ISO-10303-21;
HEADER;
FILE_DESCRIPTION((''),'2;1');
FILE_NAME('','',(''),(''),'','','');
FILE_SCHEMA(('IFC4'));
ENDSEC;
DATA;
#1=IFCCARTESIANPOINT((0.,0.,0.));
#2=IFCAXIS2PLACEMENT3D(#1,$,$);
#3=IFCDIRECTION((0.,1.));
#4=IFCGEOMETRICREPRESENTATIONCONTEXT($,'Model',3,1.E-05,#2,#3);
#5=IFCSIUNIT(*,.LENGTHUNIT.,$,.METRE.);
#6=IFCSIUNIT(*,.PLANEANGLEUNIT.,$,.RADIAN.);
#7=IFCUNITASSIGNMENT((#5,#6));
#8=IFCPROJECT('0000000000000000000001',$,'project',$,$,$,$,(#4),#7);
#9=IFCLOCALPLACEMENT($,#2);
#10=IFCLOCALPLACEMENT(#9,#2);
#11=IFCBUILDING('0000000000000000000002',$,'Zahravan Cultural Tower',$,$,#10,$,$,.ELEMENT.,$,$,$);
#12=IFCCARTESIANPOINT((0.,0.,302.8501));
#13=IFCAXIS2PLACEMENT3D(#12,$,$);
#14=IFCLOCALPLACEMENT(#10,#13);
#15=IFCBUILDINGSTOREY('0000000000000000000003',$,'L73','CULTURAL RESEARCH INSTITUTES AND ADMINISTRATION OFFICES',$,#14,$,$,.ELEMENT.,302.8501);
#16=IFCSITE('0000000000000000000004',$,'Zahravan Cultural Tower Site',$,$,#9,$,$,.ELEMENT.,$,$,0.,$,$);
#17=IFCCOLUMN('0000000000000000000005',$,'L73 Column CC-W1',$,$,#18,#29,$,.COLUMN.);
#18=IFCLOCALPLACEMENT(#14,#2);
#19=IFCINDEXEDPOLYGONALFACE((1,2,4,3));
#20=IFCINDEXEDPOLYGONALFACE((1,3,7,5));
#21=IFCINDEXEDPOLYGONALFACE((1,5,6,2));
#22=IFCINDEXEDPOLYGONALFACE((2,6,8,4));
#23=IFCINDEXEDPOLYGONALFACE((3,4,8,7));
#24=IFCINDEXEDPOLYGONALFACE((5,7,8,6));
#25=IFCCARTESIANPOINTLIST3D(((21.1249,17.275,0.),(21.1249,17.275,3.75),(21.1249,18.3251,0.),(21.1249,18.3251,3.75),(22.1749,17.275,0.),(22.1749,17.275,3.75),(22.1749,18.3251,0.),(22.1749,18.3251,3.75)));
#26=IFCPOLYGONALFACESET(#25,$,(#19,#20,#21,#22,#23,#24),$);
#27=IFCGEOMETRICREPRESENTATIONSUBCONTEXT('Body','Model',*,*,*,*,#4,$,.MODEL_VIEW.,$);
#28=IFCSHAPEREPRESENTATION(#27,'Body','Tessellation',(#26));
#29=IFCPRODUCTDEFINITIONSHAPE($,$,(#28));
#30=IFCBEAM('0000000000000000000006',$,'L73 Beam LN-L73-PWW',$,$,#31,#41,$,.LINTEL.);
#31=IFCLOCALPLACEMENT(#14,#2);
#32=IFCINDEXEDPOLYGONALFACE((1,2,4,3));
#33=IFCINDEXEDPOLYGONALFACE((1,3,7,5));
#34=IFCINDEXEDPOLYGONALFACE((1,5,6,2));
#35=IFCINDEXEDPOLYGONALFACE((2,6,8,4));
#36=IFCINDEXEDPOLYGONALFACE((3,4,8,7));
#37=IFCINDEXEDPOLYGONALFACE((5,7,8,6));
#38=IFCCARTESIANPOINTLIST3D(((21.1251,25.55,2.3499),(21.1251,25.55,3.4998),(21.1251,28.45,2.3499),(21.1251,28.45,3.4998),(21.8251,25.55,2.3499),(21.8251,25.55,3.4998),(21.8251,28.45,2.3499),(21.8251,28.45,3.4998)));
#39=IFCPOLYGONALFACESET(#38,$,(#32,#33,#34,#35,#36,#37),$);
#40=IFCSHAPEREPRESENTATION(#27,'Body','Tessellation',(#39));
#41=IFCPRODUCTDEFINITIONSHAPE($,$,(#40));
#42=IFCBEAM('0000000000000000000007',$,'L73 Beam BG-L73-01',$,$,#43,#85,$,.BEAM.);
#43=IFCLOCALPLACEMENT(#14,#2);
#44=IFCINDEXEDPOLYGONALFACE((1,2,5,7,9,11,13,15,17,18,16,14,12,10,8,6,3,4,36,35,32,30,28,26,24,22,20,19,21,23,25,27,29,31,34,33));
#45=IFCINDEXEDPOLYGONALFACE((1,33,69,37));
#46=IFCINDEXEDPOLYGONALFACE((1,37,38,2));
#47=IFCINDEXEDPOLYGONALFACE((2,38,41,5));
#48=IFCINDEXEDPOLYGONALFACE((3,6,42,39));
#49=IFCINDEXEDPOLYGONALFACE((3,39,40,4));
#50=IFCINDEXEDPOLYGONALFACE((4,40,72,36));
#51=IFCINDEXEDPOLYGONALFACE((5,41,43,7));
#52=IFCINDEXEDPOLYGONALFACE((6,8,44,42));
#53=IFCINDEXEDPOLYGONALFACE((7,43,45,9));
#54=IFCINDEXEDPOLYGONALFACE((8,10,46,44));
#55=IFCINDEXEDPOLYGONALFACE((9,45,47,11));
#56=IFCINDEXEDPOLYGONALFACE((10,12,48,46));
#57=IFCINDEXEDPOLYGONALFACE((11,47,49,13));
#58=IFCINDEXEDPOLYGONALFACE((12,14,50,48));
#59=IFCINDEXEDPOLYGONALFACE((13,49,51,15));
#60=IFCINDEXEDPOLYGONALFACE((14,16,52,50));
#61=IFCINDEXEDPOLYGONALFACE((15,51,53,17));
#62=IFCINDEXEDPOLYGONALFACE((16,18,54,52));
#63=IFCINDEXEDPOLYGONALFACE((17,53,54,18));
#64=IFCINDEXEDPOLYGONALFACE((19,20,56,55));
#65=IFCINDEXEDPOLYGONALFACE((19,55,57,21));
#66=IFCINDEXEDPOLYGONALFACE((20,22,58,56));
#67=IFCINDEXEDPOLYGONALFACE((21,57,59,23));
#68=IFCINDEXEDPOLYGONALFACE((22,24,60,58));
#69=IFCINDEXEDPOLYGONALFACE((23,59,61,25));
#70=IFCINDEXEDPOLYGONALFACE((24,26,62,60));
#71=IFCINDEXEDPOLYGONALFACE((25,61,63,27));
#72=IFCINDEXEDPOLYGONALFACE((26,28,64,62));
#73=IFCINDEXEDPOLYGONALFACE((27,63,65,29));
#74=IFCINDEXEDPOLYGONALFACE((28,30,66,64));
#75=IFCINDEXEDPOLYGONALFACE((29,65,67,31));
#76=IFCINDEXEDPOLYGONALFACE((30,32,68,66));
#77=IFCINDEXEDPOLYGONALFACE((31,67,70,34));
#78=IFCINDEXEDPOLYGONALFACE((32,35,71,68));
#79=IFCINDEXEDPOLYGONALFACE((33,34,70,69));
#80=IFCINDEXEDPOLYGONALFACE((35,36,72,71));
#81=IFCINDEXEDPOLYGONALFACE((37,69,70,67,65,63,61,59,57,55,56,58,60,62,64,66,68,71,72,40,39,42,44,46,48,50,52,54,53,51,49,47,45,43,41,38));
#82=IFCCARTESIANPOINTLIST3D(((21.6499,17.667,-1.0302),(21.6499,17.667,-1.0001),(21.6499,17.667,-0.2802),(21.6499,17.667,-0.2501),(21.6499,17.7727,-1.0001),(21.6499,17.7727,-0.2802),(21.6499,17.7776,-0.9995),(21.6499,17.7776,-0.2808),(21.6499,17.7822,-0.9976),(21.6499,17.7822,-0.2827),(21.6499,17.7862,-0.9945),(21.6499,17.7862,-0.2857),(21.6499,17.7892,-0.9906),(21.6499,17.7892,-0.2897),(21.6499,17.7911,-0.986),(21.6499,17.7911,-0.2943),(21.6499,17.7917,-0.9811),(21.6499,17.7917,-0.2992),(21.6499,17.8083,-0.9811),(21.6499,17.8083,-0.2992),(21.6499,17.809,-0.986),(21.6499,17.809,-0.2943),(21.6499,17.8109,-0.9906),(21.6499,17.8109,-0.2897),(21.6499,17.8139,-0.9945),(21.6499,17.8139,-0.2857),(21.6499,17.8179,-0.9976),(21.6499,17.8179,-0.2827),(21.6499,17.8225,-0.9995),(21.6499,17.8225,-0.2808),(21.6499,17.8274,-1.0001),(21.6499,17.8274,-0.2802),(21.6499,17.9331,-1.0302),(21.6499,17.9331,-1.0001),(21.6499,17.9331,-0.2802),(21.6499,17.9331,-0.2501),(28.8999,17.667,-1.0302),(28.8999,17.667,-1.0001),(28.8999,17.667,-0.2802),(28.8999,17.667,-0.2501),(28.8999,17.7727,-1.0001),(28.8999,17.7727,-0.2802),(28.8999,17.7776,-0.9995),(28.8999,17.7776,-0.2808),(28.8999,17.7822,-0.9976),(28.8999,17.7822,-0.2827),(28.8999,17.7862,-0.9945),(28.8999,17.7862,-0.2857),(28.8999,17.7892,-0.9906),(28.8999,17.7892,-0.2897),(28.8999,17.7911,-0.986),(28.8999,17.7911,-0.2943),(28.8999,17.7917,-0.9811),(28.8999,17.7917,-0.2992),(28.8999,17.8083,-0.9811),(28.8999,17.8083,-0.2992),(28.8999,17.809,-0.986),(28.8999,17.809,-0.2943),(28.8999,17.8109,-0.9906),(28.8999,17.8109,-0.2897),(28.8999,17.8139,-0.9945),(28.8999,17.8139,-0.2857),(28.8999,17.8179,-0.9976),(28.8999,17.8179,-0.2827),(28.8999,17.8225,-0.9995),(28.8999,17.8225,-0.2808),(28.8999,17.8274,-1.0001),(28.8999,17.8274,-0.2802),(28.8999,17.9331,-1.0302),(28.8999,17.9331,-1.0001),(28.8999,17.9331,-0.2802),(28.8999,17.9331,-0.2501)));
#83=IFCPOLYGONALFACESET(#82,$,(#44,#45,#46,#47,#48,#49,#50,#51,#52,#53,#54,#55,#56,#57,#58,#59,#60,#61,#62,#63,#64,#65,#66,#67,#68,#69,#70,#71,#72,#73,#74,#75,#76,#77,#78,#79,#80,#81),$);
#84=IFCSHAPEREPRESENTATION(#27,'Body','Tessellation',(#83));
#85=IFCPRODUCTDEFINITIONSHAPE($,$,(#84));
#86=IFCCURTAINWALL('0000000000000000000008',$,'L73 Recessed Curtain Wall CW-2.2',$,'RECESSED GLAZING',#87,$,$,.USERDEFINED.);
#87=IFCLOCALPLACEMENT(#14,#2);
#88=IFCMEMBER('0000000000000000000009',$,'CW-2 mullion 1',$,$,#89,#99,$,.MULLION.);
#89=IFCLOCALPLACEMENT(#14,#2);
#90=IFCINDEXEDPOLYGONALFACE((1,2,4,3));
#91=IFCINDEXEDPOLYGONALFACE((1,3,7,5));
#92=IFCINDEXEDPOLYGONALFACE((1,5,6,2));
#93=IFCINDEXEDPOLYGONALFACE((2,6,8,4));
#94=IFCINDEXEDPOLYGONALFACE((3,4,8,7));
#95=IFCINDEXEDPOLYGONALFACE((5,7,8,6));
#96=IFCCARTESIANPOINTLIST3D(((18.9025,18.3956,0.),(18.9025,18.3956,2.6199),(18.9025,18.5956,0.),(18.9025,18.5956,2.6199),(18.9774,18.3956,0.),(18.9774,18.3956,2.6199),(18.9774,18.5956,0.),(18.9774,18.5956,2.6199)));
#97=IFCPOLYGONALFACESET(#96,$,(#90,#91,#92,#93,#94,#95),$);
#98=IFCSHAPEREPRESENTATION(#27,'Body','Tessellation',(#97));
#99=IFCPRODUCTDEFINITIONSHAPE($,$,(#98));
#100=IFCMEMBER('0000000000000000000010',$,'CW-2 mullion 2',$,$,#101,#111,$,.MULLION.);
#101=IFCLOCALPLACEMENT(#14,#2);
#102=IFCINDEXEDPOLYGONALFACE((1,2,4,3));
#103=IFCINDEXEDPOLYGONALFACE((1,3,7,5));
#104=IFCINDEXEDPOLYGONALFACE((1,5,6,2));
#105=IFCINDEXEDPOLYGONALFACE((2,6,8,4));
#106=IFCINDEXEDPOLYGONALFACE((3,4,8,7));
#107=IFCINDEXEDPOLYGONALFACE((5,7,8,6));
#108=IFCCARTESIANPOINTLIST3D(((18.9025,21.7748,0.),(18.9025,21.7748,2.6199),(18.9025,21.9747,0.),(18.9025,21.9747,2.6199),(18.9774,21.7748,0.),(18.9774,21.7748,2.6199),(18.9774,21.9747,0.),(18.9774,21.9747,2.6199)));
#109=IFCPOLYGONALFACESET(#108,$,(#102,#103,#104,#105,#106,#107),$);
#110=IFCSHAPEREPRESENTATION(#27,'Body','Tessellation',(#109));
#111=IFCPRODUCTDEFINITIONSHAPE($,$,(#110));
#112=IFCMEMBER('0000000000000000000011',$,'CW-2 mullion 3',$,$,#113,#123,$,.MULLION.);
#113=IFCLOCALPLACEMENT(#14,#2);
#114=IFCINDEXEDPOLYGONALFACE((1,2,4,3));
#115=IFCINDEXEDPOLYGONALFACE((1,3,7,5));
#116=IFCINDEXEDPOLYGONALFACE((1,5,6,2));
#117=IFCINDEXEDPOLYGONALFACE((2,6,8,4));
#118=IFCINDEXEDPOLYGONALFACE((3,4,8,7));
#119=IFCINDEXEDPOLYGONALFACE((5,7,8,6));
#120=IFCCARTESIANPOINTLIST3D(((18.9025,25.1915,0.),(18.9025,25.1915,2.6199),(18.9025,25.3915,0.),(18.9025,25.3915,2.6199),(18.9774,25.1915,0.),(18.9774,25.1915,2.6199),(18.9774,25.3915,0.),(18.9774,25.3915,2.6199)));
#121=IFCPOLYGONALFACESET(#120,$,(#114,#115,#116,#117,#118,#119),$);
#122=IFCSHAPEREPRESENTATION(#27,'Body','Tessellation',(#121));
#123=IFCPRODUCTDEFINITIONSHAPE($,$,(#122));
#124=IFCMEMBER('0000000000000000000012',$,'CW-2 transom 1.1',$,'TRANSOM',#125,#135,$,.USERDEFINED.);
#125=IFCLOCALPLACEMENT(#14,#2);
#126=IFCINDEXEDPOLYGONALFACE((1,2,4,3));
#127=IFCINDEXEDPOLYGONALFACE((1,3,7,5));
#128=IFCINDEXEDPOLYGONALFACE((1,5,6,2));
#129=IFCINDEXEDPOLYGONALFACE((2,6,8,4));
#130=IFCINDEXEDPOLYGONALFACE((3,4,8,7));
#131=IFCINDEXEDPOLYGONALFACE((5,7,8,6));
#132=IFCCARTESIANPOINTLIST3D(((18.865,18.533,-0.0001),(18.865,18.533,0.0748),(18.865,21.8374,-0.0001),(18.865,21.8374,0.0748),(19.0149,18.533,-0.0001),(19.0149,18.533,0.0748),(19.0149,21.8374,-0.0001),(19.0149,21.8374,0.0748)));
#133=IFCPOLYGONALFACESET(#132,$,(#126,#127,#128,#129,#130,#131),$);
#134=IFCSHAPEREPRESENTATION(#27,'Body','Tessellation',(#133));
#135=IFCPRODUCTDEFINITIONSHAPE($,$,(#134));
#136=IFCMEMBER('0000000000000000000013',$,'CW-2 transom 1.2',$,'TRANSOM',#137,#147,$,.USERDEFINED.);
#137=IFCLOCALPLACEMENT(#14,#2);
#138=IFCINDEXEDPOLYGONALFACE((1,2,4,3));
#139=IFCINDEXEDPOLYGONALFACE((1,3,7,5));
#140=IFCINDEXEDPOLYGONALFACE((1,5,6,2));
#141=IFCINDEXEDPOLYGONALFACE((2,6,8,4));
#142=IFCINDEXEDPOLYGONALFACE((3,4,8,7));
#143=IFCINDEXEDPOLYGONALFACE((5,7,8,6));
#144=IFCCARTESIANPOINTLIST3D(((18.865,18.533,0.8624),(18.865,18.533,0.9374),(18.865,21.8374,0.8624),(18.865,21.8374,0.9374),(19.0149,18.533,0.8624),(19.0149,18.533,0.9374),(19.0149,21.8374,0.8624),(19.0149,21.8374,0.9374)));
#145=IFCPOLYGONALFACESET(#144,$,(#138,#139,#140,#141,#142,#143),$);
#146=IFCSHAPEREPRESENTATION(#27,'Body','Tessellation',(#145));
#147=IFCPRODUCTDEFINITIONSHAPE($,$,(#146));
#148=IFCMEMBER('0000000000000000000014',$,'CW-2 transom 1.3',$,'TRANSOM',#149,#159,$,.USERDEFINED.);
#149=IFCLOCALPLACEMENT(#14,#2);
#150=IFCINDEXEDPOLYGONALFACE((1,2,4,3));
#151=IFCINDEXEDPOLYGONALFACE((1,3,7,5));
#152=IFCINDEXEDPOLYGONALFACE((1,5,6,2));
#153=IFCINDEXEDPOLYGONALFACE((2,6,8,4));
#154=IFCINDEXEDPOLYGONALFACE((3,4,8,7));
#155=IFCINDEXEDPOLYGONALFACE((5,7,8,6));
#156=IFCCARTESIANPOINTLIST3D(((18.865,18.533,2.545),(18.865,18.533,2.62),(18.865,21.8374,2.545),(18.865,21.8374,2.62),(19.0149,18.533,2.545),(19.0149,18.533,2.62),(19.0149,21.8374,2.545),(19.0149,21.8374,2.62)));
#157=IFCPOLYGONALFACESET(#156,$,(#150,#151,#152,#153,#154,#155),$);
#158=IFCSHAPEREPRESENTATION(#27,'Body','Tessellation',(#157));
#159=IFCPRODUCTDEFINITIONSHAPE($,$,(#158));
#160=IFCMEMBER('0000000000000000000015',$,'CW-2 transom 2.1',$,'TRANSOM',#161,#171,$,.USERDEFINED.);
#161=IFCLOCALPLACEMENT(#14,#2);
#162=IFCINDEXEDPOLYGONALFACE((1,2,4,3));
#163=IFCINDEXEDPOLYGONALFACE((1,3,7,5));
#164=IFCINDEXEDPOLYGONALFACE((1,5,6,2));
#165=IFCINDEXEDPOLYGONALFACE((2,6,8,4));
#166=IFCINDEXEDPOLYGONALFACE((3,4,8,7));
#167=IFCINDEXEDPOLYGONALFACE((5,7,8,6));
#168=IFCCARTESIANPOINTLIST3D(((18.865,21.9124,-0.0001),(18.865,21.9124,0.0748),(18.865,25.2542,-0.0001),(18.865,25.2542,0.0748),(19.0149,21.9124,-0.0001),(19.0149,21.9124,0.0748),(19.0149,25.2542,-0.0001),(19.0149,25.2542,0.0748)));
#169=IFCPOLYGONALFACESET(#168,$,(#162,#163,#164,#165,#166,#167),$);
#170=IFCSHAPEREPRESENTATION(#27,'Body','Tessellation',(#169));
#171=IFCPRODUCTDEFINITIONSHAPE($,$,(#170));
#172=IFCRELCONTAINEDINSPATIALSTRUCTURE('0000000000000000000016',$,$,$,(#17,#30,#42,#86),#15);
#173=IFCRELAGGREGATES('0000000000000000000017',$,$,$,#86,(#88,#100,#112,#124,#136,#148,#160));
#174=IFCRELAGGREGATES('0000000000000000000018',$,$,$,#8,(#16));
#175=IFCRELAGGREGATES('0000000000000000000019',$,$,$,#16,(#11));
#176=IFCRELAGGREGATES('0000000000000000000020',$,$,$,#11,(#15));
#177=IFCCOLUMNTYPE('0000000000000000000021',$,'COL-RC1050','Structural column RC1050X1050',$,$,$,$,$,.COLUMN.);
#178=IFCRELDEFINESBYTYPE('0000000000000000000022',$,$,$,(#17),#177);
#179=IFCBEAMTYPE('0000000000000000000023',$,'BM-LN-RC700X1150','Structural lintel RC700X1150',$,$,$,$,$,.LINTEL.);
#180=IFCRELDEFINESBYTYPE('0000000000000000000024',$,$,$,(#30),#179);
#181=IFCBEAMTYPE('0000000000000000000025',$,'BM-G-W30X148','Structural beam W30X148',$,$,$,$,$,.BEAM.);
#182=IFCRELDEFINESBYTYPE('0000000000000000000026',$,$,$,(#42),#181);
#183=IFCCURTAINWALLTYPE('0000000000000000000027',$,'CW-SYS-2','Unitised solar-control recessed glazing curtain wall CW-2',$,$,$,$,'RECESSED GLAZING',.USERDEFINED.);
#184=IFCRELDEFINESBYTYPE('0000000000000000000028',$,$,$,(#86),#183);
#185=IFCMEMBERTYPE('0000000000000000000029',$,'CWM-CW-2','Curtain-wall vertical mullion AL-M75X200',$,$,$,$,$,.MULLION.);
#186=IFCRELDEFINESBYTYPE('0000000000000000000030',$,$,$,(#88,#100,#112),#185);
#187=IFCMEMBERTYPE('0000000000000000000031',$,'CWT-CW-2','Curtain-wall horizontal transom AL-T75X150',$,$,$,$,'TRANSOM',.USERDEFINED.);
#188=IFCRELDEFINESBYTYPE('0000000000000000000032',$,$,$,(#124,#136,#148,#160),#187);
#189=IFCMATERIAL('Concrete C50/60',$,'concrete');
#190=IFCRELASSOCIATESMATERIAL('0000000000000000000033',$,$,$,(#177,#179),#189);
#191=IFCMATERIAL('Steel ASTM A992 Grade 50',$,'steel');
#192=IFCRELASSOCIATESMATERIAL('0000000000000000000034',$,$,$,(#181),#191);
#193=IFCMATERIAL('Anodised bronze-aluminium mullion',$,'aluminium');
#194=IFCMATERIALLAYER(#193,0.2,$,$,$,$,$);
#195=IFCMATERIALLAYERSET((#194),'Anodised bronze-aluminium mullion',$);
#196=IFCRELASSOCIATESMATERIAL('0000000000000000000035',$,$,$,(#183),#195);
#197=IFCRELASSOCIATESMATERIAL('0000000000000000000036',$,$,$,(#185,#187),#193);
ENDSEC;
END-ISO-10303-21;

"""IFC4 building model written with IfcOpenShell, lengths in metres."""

from ifc_helpers import new_model, si_unit, direction, frame, origin, origin_2d, place, context, subcontext, project, spatial, rectangle, i_section, extrude, source, transform, mapped, material, layer, layer_set, material_profile, profile_set, type_object, element, aggregate, save


model = new_model("IFC4")

# Units and contexts
model_context = context("Model", 3, precision=1e-05, world=origin(), true_north=direction((0.0, 1.0)))
body_context = subcontext(model_context, "Body", "Model", "MODEL_VIEW")
ifc_project = project(units=[si_unit("LENGTHUNIT", "METRE"), si_unit("PLANEANGLEUNIT", "RADIAN")], contexts=[model_context])

# Site, building, storey
site_placement = place(None, origin())
site = spatial("IfcSite", under=ifc_project, at=site_placement, Name="Zahravan Cultural Tower Site", CompositionType="ELEMENT", RefElevation=0.0)
building_placement = place(site_placement, origin())
building = spatial("IfcBuilding", under=site, at=building_placement, Name="Zahravan Cultural Tower", CompositionType="ELEMENT")
storey_placement = place(building_placement, frame((0.0, 0.0, 302.8501)))
storey = spatial("IfcBuildingStorey", under=building, at=storey_placement, Name="L73", Description="CULTURAL RESEARCH INSTITUTES AND ADMINISTRATION OFFICES", CompositionType="ELEMENT", Elevation=302.8501)

# Column
ifc_material_1 = material(Name="Concrete C50/60", Category="concrete")
ifc_material_profile_1 = material_profile(ifc_material_1, rectangle(XDim=1.05, YDim=1.05, at=origin_2d()), Name="RC1050X1050")
ifc_profile_set_1 = profile_set([ifc_material_profile_1], Name="Concrete C50/60")
column_type = type_object("IfcColumnType", Name="COL-RC1050", Description="Structural column RC1050X1050", PredefinedType="COLUMN", material=ifc_profile_set_1)
shared_shape_1 = source(origin(), body_context, "Body", "SweptSolid", [
    extrude(rectangle(XDim=1.05, YDim=1.05, at=origin_2d()), origin(), (0.0, 0.0, 1.0), 3.75),
])
column_placement = place(storey_placement, frame((21.6499, 17.8, 0.0), z_axis=(0.0, 0.0, 1.0), x_axis=(1.0, 0.0, 0.0)))
element("IfcColumn", 1, at=column_placement, inside=storey, type_object=column_type, Name="L73 Column CC-W1", PredefinedType="COLUMN", context=body_context, shape_type="MappedRepresentation", body=[
    mapped(shared_shape_1, transform((0.0, 0.0, 0.0), x_axis=(1.0, 0.0, 0.0), y_axis=(0.0, 1.0, 0.0), z_axis=(0.0, 0.0, 1.0), scale=1.0)),
])

# Beams
ifc_material_profile_2 = material_profile(ifc_material_1, rectangle(XDim=0.7, YDim=1.1499, at=origin_2d()), Name="RC700X1150")
ifc_profile_set_2 = profile_set([ifc_material_profile_2], Name="Concrete C50/60")
beam_type_1 = type_object("IfcBeamType", Name="BM-LN-RC700X1150", Description="Structural lintel RC700X1150", PredefinedType="LINTEL", material=ifc_profile_set_2)
shared_shape_2 = source(origin(), body_context, "Body", "SweptSolid", [
    extrude(rectangle(XDim=0.7, YDim=1.1499, at=origin_2d()), origin(), (0.0, 0.0, 1.0), 2.8999),
])
beam_1_placement = place(storey_placement, frame((21.4751, 25.55, 2.9248), z_axis=(0.0, 1.0, 0.0), x_axis=(-1.0, 0.0, 0.0)))
element("IfcBeam", 2, at=beam_1_placement, inside=storey, type_object=beam_type_1, Name="L73 Beam LN-L73-PWW", PredefinedType="LINTEL", context=body_context, shape_type="MappedRepresentation", body=[
    mapped(shared_shape_2, transform((0.0, 0.0, 0.0), x_axis=(1.0, 0.0, 0.0), y_axis=(0.0, 1.0, 0.0), z_axis=(0.0, 0.0, 1.0), scale=1.0)),
])
ifc_material_2 = material(Name="Steel ASTM A992 Grade 50", Category="steel")
ifc_material_profile_3 = material_profile(ifc_material_2, i_section(OverallWidth=0.2661, OverallDepth=0.78, WebThickness=0.0166, FlangeThickness=0.03, FilletRadius=0.019, at=origin_2d()), Name="W30X148")
ifc_profile_set_3 = profile_set([ifc_material_profile_3], Name="Steel ASTM A992 Grade 50")
beam_type_2 = type_object("IfcBeamType", Name="BM-G-W30X148", Description="Structural beam W30X148", PredefinedType="BEAM", material=ifc_profile_set_3)
shared_shape_3 = source(origin(), body_context, "Body", "SweptSolid", [
    extrude(i_section(OverallWidth=0.2661, OverallDepth=0.78, WebThickness=0.0166, FlangeThickness=0.03, FilletRadius=0.019, at=origin_2d()), origin(), (0.0, 0.0, 1.0), 7.25),
])
beam_2_placement = place(storey_placement, frame((21.6499, 17.8, -0.6401), z_axis=(1.0, 0.0, 0.0), x_axis=(0.0, 1.0, 0.0)))
element("IfcBeam", 3, at=beam_2_placement, inside=storey, type_object=beam_type_2, Name="L73 Beam BG-L73-01", PredefinedType="BEAM", context=body_context, shape_type="MappedRepresentation", body=[
    mapped(shared_shape_3, transform((0.0, 0.0, 0.0), x_axis=(1.0, 0.0, 0.0), y_axis=(0.0, 1.0, 0.0), z_axis=(0.0, 0.0, 1.0), scale=1.0)),
])

# Curtain wall, members
ifc_material_3 = material(Name="Anodised bronze-aluminium mullion", Category="aluminium")
ifc_layer_1 = layer(ifc_material_3, 0.2)
ifc_layer_set_1 = layer_set([ifc_layer_1], Name="Anodised bronze-aluminium mullion")
curtain_wall_type = type_object("IfcCurtainWallType", Name="CW-SYS-2", Description="Unitised solar-control recessed glazing curtain wall CW-2", ElementType="RECESSED GLAZING", PredefinedType="USERDEFINED", material=ifc_layer_set_1)
curtain_wall_placement = place(storey_placement, origin())
curtain_wall = element("IfcCurtainWall", 4, at=curtain_wall_placement, inside=storey, type_object=curtain_wall_type, Name="L73 Recessed Curtain Wall CW-2.2", ObjectType="RECESSED GLAZING", PredefinedType="USERDEFINED")
ifc_material_profile_4 = material_profile(ifc_material_3, rectangle(XDim=0.075, YDim=0.2, at=origin_2d()), Name="AL-M75X200")
ifc_profile_set_4 = profile_set([ifc_material_profile_4], Name="Anodised bronze-aluminium mullion")
member_type_1 = type_object("IfcMemberType", Name="CWM-CW-2", Description="Curtain-wall vertical mullion AL-M75X200", PredefinedType="MULLION", material=ifc_profile_set_4)
shared_shape_4 = source(origin(), body_context, "Body", "SweptSolid", [
    extrude(rectangle(XDim=0.075, YDim=0.2, at=origin_2d()), origin(), (0.0, 0.0, 1.0), 2.6199),
])
member_1_placement = place(storey_placement, frame((18.9399, 18.4956, 0.0), z_axis=(0.0, 0.0, 1.0), x_axis=(-1.0, 0.0, 0.0)))
member_1 = element("IfcMember", 5, at=member_1_placement, type_object=member_type_1, Name="CW-2 mullion 1", PredefinedType="MULLION", context=body_context, shape_type="MappedRepresentation", body=[
    mapped(shared_shape_4, transform((0.0, 0.0, 0.0), x_axis=(1.0, 0.0, 0.0), y_axis=(0.0, 1.0, 0.0), z_axis=(0.0, 0.0, 1.0), scale=1.0)),
])
member_2_placement = place(storey_placement, frame((18.9399, 21.8748, 0.0), z_axis=(0.0, 0.0, 1.0), x_axis=(-1.0, 0.0, 0.0)))
member_2 = element("IfcMember", 6, at=member_2_placement, type_object=member_type_1, Name="CW-2 mullion 2", PredefinedType="MULLION", context=body_context, shape_type="MappedRepresentation", body=[
    mapped(shared_shape_4, transform((0.0, 0.0, 0.0), x_axis=(1.0, 0.0, 0.0), y_axis=(0.0, 1.0, 0.0), z_axis=(0.0, 0.0, 1.0), scale=1.0)),
])
member_3_placement = place(storey_placement, frame((18.9399, 25.2915, 0.0), z_axis=(0.0, 0.0, 1.0), x_axis=(-1.0, 0.0, 0.0)))
member_3 = element("IfcMember", 7, at=member_3_placement, type_object=member_type_1, Name="CW-2 mullion 3", PredefinedType="MULLION", context=body_context, shape_type="MappedRepresentation", body=[
    mapped(shared_shape_4, transform((0.0, 0.0, 0.0), x_axis=(1.0, 0.0, 0.0), y_axis=(0.0, 1.0, 0.0), z_axis=(0.0, 0.0, 1.0), scale=1.0)),
])
ifc_material_profile_5 = material_profile(ifc_material_3, rectangle(XDim=0.1499, YDim=0.075, at=origin_2d()), Name="AL-T75X150")
ifc_profile_set_5 = profile_set([ifc_material_profile_5], Name="Anodised bronze-aluminium mullion")
member_type_2 = type_object("IfcMemberType", Name="CWT-CW-2", Description="Curtain-wall horizontal transom AL-T75X150", ElementType="TRANSOM", PredefinedType="USERDEFINED", material=ifc_profile_set_5)
shared_shape_5 = source(origin(), body_context, "Body", "SweptSolid", [
    extrude(rectangle(XDim=0.1499, YDim=0.075, at=origin_2d()), origin(), (0.0, 0.0, 1.0), 3.3044),
])
member_4_placement = place(storey_placement, frame((18.9399, 18.533, 0.0374), z_axis=(0.0, 1.0, 0.0), x_axis=(-1.0, 0.0, 0.0)))
member_4 = element("IfcMember", 8, at=member_4_placement, type_object=member_type_2, Name="CW-2 transom 1.1", ObjectType="TRANSOM", PredefinedType="USERDEFINED", context=body_context, shape_type="MappedRepresentation", body=[
    mapped(shared_shape_5, transform((0.0, 0.0, 0.0), x_axis=(1.0, 0.0, 0.0), y_axis=(0.0, 1.0, 0.0), z_axis=(0.0, 0.0, 1.0), scale=1.0)),
])
member_5_placement = place(storey_placement, frame((18.9399, 18.533, 0.8999), z_axis=(0.0, 1.0, 0.0), x_axis=(-1.0, 0.0, 0.0)))
member_5 = element("IfcMember", 9, at=member_5_placement, type_object=member_type_2, Name="CW-2 transom 1.2", ObjectType="TRANSOM", PredefinedType="USERDEFINED", context=body_context, shape_type="MappedRepresentation", body=[
    mapped(shared_shape_5, transform((0.0, 0.0, 0.0), x_axis=(1.0, 0.0, 0.0), y_axis=(0.0, 1.0, 0.0), z_axis=(0.0, 0.0, 1.0), scale=1.0)),
])
member_6_placement = place(storey_placement, frame((18.9399, 18.533, 2.5825), z_axis=(0.0, 1.0, 0.0), x_axis=(-1.0, 0.0, 0.0)))
member_6 = element("IfcMember", 10, at=member_6_placement, type_object=member_type_2, Name="CW-2 transom 1.3", ObjectType="TRANSOM", PredefinedType="USERDEFINED", context=body_context, shape_type="MappedRepresentation", body=[
    mapped(shared_shape_5, transform((0.0, 0.0, 0.0), x_axis=(1.0, 0.0, 0.0), y_axis=(0.0, 1.0, 0.0), z_axis=(0.0, 0.0, 1.0), scale=1.0)),
])
shared_shape_6 = source(origin(), body_context, "Body", "SweptSolid", [
    extrude(rectangle(XDim=0.1499, YDim=0.075, at=origin_2d()), origin(), (0.0, 0.0, 1.0), 3.3418),
])
member_7_placement = place(storey_placement, frame((18.9399, 21.9124, 0.0374), z_axis=(0.0, 1.0, 0.0), x_axis=(-1.0, 0.0, 0.0)))
member_7 = element("IfcMember", 11, at=member_7_placement, type_object=member_type_2, Name="CW-2 transom 2.1", ObjectType="TRANSOM", PredefinedType="USERDEFINED", context=body_context, shape_type="MappedRepresentation", body=[
    mapped(shared_shape_6, transform((0.0, 0.0, 0.0), x_axis=(1.0, 0.0, 0.0), y_axis=(0.0, 1.0, 0.0), z_axis=(0.0, 0.0, 1.0), scale=1.0)),
])

aggregate(curtain_wall, [member_1, member_2, member_3, member_4, member_5, member_6, member_7])

save(model, "model.ifc")
